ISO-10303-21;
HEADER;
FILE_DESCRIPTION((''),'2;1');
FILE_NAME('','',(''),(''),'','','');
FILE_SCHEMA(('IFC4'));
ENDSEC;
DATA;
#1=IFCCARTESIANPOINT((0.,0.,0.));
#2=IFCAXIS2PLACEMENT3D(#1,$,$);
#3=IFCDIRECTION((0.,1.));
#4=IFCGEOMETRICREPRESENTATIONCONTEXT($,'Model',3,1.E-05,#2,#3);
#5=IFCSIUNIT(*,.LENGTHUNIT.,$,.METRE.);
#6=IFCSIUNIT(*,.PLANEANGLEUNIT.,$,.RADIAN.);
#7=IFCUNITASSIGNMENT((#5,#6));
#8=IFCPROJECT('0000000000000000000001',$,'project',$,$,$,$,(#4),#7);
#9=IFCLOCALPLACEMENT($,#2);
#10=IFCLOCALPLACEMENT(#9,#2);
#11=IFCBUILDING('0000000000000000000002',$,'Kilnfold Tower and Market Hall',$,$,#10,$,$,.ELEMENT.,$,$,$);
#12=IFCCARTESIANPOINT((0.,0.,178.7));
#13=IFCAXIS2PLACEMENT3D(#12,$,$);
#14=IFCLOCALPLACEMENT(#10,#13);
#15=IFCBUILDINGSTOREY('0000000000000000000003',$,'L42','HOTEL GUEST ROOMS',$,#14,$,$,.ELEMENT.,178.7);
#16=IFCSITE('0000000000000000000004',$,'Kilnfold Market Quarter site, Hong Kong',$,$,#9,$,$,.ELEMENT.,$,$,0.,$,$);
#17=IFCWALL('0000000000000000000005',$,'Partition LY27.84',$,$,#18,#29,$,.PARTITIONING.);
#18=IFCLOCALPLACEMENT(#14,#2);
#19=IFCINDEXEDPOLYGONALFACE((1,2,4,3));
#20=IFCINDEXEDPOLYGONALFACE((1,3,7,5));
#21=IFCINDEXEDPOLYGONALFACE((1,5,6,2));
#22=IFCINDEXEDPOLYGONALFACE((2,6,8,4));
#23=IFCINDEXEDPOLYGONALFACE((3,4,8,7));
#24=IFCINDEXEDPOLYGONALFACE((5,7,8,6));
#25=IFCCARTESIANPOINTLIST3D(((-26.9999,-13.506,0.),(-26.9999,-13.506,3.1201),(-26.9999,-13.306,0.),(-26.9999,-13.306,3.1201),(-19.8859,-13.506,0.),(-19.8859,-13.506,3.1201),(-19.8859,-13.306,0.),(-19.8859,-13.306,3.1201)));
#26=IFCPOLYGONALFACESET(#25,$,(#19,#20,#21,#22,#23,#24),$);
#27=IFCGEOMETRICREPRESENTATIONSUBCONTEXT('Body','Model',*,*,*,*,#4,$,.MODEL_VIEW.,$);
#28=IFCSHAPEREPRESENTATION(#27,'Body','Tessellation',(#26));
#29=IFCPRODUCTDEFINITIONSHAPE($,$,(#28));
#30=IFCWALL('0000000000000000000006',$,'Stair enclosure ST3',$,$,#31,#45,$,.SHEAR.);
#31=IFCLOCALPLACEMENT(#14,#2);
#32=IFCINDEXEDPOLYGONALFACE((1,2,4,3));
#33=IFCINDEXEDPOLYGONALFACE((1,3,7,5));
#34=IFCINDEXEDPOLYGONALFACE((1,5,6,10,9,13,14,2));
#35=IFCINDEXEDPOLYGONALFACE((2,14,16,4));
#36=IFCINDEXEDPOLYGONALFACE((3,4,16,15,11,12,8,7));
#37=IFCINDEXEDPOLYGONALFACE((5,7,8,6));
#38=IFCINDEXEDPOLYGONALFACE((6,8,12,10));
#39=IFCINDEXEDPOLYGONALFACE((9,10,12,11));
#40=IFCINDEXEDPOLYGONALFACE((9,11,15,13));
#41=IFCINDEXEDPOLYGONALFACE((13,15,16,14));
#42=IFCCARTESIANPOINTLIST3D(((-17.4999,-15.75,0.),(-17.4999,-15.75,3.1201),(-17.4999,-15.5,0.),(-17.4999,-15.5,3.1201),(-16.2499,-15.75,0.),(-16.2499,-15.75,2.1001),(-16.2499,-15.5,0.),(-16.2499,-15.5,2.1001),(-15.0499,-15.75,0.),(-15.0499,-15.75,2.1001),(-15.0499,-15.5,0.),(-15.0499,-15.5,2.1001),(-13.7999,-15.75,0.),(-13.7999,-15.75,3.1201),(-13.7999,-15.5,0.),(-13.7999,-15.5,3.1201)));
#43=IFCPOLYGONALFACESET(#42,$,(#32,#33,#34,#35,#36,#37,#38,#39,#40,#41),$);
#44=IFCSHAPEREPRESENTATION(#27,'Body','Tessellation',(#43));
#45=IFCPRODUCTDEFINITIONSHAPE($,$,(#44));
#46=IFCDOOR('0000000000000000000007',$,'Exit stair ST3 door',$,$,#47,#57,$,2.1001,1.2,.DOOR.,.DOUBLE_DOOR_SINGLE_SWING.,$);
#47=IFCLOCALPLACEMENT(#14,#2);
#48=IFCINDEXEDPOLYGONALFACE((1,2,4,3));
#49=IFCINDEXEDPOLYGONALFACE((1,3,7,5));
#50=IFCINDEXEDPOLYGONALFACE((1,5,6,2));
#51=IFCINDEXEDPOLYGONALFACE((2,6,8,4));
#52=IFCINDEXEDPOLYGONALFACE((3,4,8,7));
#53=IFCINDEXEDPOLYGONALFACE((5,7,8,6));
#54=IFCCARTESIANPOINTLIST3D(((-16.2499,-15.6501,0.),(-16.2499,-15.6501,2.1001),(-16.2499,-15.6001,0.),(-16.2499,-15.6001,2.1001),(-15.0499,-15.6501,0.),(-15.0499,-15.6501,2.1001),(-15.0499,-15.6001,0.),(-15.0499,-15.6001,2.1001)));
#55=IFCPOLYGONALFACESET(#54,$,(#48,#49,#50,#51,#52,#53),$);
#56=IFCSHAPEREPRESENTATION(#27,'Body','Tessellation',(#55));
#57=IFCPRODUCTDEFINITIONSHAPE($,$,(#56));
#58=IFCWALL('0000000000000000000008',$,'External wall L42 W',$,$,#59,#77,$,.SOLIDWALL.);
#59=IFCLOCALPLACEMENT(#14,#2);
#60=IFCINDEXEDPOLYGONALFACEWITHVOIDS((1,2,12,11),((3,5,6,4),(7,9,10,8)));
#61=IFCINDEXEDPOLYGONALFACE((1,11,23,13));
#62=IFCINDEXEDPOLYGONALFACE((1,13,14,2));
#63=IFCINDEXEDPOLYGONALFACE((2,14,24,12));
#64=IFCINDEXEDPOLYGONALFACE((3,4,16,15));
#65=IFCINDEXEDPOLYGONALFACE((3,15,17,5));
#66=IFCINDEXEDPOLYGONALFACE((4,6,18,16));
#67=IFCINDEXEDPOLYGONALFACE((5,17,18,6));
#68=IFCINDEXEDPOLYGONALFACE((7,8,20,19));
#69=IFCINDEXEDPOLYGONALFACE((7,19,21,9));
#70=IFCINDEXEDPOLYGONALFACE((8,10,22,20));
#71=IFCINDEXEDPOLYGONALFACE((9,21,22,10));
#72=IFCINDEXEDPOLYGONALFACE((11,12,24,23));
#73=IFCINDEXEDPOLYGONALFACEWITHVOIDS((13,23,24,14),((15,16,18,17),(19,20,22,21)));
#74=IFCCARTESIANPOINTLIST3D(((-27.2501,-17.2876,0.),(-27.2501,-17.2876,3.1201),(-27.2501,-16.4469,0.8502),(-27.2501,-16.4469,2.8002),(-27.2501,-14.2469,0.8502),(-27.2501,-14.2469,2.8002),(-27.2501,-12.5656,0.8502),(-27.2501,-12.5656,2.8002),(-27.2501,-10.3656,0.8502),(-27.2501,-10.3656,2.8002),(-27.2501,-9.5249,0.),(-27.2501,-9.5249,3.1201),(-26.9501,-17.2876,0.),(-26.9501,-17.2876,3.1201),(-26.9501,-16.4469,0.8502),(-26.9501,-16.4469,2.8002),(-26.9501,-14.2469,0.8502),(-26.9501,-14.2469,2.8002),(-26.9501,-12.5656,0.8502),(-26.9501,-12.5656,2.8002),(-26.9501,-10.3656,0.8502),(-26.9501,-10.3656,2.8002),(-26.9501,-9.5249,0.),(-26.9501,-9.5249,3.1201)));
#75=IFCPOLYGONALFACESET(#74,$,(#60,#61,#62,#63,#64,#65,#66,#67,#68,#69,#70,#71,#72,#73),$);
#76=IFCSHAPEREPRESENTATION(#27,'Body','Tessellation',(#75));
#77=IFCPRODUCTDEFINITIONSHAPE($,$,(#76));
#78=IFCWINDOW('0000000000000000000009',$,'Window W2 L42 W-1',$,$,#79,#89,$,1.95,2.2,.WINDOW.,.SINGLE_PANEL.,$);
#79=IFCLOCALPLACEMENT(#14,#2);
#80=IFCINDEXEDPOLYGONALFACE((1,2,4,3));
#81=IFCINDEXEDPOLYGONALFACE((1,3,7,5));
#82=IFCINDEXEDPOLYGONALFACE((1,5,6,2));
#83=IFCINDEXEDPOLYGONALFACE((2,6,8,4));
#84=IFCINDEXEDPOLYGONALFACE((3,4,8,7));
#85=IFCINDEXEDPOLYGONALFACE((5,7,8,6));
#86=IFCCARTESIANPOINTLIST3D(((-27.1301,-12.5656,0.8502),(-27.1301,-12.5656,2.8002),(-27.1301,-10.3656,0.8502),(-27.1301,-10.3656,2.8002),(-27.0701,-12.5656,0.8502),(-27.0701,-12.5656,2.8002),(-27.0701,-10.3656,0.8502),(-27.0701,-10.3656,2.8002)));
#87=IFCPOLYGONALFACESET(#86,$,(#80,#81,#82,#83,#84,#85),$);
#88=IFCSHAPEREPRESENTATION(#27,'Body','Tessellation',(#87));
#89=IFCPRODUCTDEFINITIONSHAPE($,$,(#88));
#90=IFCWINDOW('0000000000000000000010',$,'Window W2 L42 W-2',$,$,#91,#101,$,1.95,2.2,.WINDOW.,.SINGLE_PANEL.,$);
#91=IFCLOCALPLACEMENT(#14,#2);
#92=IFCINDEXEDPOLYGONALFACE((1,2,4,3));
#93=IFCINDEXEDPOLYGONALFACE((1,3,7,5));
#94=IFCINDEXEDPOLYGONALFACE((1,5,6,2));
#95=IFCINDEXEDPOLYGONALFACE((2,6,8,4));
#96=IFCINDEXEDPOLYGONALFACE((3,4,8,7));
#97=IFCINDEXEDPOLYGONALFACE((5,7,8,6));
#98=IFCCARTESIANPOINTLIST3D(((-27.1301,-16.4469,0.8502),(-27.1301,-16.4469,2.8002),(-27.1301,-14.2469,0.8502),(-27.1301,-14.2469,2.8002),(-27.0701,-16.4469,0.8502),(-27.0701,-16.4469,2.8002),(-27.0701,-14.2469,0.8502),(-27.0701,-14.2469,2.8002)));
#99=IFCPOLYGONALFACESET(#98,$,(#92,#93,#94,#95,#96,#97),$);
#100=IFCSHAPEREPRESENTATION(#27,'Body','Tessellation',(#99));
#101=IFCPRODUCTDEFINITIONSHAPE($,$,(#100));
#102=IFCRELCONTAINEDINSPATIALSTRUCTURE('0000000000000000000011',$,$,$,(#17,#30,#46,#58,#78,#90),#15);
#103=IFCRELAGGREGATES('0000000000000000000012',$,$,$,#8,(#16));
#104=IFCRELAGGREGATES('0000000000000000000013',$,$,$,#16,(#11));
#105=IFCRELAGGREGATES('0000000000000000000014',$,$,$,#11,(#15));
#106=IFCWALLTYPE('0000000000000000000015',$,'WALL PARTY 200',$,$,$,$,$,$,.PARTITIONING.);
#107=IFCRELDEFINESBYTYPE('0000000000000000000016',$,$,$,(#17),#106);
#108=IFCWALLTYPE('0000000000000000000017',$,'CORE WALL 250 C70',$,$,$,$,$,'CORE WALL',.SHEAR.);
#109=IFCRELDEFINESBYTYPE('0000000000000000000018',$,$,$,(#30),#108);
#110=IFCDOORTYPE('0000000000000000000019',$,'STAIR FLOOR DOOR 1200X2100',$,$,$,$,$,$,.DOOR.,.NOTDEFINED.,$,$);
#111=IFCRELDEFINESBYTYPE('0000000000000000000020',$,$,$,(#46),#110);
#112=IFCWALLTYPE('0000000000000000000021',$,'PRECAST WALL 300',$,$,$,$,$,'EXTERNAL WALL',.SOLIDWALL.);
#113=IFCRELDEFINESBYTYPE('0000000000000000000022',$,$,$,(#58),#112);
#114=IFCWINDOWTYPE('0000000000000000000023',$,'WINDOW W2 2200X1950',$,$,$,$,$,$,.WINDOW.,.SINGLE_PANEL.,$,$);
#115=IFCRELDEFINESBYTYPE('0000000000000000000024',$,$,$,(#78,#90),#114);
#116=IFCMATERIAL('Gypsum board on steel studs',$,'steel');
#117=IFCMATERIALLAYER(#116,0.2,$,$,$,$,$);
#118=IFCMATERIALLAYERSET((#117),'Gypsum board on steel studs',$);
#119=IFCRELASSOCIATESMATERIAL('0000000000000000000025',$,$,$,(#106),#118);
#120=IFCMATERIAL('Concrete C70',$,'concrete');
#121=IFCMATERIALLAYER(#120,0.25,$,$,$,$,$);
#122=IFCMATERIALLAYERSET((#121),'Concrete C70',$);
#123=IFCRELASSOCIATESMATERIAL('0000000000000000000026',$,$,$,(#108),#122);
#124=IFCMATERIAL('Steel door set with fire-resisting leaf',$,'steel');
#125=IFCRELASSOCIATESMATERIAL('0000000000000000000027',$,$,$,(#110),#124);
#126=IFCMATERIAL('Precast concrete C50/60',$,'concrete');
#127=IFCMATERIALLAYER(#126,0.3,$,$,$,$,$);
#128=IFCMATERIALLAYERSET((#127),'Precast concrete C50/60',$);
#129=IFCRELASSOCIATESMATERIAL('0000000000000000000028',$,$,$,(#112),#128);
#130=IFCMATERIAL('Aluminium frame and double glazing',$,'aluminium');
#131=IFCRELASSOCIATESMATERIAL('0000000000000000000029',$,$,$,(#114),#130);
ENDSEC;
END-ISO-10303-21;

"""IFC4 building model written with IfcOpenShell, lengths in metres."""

from ifc_helpers import new_model, si_unit, direction, frame, frame_2d, origin, place, context, subcontext, project, spatial, rectangle, extrude, source, transform, mapped, material, layer, layer_set, type_object, element, fill, save


model = new_model("IFC4")

# Units and contexts
model_context = context("Model", 3, precision=1e-05, world=origin(), true_north=direction((0.0, 1.0)))
body_context = subcontext(model_context, "Body", "Model", "MODEL_VIEW")
ifc_project = project(units=[si_unit("LENGTHUNIT", "METRE"), si_unit("PLANEANGLEUNIT", "RADIAN")], contexts=[model_context])

# Site, building, storey
site_placement = place(None, origin())
site = spatial("IfcSite", under=ifc_project, at=site_placement, Name="Kilnfold Market Quarter site, Hong Kong", CompositionType="ELEMENT", RefElevation=0.0)
building_placement = place(site_placement, origin())
building = spatial("IfcBuilding", under=site, at=building_placement, Name="Kilnfold Tower and Market Hall", CompositionType="ELEMENT")
storey_placement = place(building_placement, frame((0.0, 0.0, 178.7)))
storey = spatial("IfcBuildingStorey", under=building, at=storey_placement, Name="L42", Description="HOTEL GUEST ROOMS", CompositionType="ELEMENT", Elevation=178.7)

# Wall
ifc_material_1 = material(Name="Gypsum board on steel studs", Category="steel")
ifc_layer_1 = layer(ifc_material_1, 0.2)
ifc_layer_set_1 = layer_set([ifc_layer_1], Name="Gypsum board on steel studs")
wall_type_1 = type_object("IfcWallType", Name="WALL PARTY 200", PredefinedType="PARTITIONING", material=ifc_layer_set_1)
wall_1_placement = place(storey_placement, frame((-27.0, -13.406, 0.0), z_axis=(0.0, 0.0, 1.0), x_axis=(1.0, 0.0, 0.0)))
element("IfcWall", 1, at=wall_1_placement, inside=storey, type_object=wall_type_1, Name="Partition LY27.84", PredefinedType="PARTITIONING", context=body_context, shape_type="SweptSolid", body=[
    extrude(rectangle(XDim=7.114, YDim=0.2, at=frame_2d((3.5571, 0.0))), origin(), (0.0, 0.0, 1.0), 3.1201),
])

# Wall, opening, door
ifc_material_2 = material(Name="Concrete C70", Category="concrete")
ifc_layer_2 = layer(ifc_material_2, 0.25)
ifc_layer_set_2 = layer_set([ifc_layer_2], Name="Concrete C70")
wall_type_2 = type_object("IfcWallType", Name="CORE WALL 250 C70", ElementType="CORE WALL", PredefinedType="SHEAR", material=ifc_layer_set_2)
shared_shape_1 = source(origin(), body_context, "Body", "SweptSolid", [
    extrude(rectangle(XDim=3.7, YDim=0.25, at=frame_2d((1.8501, 0.0))), origin(), (0.0, 0.0, 1.0), 3.1201),
])
wall_2_placement = place(storey_placement, frame((-17.5, -15.625, 0.0), z_axis=(0.0, 0.0, 1.0), x_axis=(1.0, 0.0, 0.0)))
wall_2 = element("IfcWall", 2, at=wall_2_placement, inside=storey, type_object=wall_type_2, Name="Stair enclosure ST3", PredefinedType="SHEAR", context=body_context, shape_type="MappedRepresentation", body=[
    mapped(shared_shape_1, transform((0.0, 0.0, 0.0))),
])
opening_1_placement = place(wall_2_placement, frame((1.25, 0.0, 0.0)))
opening_1 = element("IfcOpeningElement", 3, at=opening_1_placement, cuts=wall_2, PredefinedType="OPENING", context=body_context, shape_type="SweptSolid", body=[
    extrude(rectangle(XDim=1.2, YDim=2.1001, at=frame_2d((0.6001, 1.05))), frame((0.0, 0.135, 0.0), z_axis=(0.0, -1.0, 0.0), x_axis=(1.0, 0.0, 0.0)), (0.0, 0.0, 1.0), 0.27),
])
ifc_material_3 = material(Name="Steel door set with fire-resisting leaf", Category="steel")
door_type_1 = type_object("IfcDoorType", Name="STAIR FLOOR DOOR 1200X2100", OperationType="NOTDEFINED", PredefinedType="DOOR", material=ifc_material_3)
door_1_placement = place(opening_1_placement, origin())
door_1 = element("IfcDoor", 4, at=door_1_placement, inside=storey, type_object=door_type_1, Name="Exit stair ST3 door", OperationType="DOUBLE_DOOR_SINGLE_SWING", OverallHeight=2.1001, OverallWidth=1.2, PredefinedType="DOOR", context=body_context, shape_type="SweptSolid", body=[
    extrude(rectangle(XDim=1.2, YDim=2.1001, at=frame_2d((0.6001, 1.05))), frame((0.0, 0.0249, 0.0), z_axis=(0.0, -1.0, 0.0), x_axis=(1.0, 0.0, 0.0)), (0.0, 0.0, 1.0), 0.05),
])
fill(opening_1, door_1)

# Wall, openings, windows
ifc_material_4 = material(Name="Precast concrete C50/60", Category="concrete")
ifc_layer_3 = layer(ifc_material_4, 0.3)
ifc_layer_set_3 = layer_set([ifc_layer_3], Name="Precast concrete C50/60")
wall_type_3 = type_object("IfcWallType", Name="PRECAST WALL 300", ElementType="EXTERNAL WALL", PredefinedType="SOLIDWALL", material=ifc_layer_set_3)
shared_shape_2 = source(origin(), body_context, "Body", "SweptSolid", [
    extrude(rectangle(XDim=7.7627, YDim=0.3, at=frame_2d((3.8813, 0.0))), origin(), (0.0, 0.0, 1.0), 3.1201),
])
wall_3_placement = place(storey_placement, frame((-27.1001, -9.5249, 0.0), z_axis=(0.0, 0.0, 1.0), x_axis=(0.0, -1.0, 0.0)))
wall_3 = element("IfcWall", 5, at=wall_3_placement, inside=storey, type_object=wall_type_3, Name="External wall L42 W", PredefinedType="SOLIDWALL", context=body_context, shape_type="MappedRepresentation", body=[
    mapped(shared_shape_2, transform((0.0, 0.0, 0.0))),
])
opening_2_placement = place(wall_3_placement, frame((0.8406, 0.0, 0.8501)))
opening_2 = element("IfcOpeningElement", 6, at=opening_2_placement, cuts=wall_3, PredefinedType="OPENING", context=body_context, shape_type="SweptSolid", body=[
    extrude(rectangle(XDim=2.2, YDim=1.95, at=frame_2d((1.1001, 0.9751))), frame((0.0, 0.1602, 0.0), z_axis=(0.0, -1.0, 0.0), x_axis=(1.0, 0.0, 0.0)), (0.0, 0.0, 1.0), 0.3201),
])
opening_3_placement = place(wall_3_placement, frame((4.7219, 0.0, 0.8501)))
opening_3 = element("IfcOpeningElement", 7, at=opening_3_placement, cuts=wall_3, PredefinedType="OPENING", context=body_context, shape_type="SweptSolid", body=[
    extrude(rectangle(XDim=2.2, YDim=1.95, at=frame_2d((1.1001, 0.9751))), frame((0.0, 0.1602, 0.0), z_axis=(0.0, -1.0, 0.0), x_axis=(1.0, 0.0, 0.0)), (0.0, 0.0, 1.0), 0.3201),
])
ifc_material_5 = material(Name="Aluminium frame and double glazing", Category="aluminium")
window_type = type_object("IfcWindowType", Name="WINDOW W2 2200X1950", PartitioningType="SINGLE_PANEL", PredefinedType="WINDOW", material=ifc_material_5)
window_1_placement = place(opening_2_placement, origin())
window_1 = element("IfcWindow", 8, at=window_1_placement, inside=storey, type_object=window_type, Name="Window W2 L42 W-1", OverallHeight=1.95, OverallWidth=2.2, PartitioningType="SINGLE_PANEL", PredefinedType="WINDOW", context=body_context, shape_type="SweptSolid", body=[
    extrude(rectangle(XDim=2.2, YDim=1.95, at=frame_2d((1.1001, 0.9751))), frame((0.0, 0.03, 0.0), z_axis=(0.0, -1.0, 0.0), x_axis=(1.0, 0.0, 0.0)), (0.0, 0.0, 1.0), 0.0601),
])
fill(opening_2, window_1)
window_2_placement = place(opening_3_placement, origin())
window_2 = element("IfcWindow", 9, at=window_2_placement, inside=storey, type_object=window_type, Name="Window W2 L42 W-2", OverallHeight=1.95, OverallWidth=2.2, PartitioningType="SINGLE_PANEL", PredefinedType="WINDOW", context=body_context, shape_type="SweptSolid", body=[
    extrude(rectangle(XDim=2.2, YDim=1.95, at=frame_2d((1.1001, 0.9751))), frame((0.0, 0.03, 0.0), z_axis=(0.0, -1.0, 0.0), x_axis=(1.0, 0.0, 0.0)), (0.0, 0.0, 1.0), 0.0601),
])
fill(opening_3, window_2)

save(model, "model.ifc")
